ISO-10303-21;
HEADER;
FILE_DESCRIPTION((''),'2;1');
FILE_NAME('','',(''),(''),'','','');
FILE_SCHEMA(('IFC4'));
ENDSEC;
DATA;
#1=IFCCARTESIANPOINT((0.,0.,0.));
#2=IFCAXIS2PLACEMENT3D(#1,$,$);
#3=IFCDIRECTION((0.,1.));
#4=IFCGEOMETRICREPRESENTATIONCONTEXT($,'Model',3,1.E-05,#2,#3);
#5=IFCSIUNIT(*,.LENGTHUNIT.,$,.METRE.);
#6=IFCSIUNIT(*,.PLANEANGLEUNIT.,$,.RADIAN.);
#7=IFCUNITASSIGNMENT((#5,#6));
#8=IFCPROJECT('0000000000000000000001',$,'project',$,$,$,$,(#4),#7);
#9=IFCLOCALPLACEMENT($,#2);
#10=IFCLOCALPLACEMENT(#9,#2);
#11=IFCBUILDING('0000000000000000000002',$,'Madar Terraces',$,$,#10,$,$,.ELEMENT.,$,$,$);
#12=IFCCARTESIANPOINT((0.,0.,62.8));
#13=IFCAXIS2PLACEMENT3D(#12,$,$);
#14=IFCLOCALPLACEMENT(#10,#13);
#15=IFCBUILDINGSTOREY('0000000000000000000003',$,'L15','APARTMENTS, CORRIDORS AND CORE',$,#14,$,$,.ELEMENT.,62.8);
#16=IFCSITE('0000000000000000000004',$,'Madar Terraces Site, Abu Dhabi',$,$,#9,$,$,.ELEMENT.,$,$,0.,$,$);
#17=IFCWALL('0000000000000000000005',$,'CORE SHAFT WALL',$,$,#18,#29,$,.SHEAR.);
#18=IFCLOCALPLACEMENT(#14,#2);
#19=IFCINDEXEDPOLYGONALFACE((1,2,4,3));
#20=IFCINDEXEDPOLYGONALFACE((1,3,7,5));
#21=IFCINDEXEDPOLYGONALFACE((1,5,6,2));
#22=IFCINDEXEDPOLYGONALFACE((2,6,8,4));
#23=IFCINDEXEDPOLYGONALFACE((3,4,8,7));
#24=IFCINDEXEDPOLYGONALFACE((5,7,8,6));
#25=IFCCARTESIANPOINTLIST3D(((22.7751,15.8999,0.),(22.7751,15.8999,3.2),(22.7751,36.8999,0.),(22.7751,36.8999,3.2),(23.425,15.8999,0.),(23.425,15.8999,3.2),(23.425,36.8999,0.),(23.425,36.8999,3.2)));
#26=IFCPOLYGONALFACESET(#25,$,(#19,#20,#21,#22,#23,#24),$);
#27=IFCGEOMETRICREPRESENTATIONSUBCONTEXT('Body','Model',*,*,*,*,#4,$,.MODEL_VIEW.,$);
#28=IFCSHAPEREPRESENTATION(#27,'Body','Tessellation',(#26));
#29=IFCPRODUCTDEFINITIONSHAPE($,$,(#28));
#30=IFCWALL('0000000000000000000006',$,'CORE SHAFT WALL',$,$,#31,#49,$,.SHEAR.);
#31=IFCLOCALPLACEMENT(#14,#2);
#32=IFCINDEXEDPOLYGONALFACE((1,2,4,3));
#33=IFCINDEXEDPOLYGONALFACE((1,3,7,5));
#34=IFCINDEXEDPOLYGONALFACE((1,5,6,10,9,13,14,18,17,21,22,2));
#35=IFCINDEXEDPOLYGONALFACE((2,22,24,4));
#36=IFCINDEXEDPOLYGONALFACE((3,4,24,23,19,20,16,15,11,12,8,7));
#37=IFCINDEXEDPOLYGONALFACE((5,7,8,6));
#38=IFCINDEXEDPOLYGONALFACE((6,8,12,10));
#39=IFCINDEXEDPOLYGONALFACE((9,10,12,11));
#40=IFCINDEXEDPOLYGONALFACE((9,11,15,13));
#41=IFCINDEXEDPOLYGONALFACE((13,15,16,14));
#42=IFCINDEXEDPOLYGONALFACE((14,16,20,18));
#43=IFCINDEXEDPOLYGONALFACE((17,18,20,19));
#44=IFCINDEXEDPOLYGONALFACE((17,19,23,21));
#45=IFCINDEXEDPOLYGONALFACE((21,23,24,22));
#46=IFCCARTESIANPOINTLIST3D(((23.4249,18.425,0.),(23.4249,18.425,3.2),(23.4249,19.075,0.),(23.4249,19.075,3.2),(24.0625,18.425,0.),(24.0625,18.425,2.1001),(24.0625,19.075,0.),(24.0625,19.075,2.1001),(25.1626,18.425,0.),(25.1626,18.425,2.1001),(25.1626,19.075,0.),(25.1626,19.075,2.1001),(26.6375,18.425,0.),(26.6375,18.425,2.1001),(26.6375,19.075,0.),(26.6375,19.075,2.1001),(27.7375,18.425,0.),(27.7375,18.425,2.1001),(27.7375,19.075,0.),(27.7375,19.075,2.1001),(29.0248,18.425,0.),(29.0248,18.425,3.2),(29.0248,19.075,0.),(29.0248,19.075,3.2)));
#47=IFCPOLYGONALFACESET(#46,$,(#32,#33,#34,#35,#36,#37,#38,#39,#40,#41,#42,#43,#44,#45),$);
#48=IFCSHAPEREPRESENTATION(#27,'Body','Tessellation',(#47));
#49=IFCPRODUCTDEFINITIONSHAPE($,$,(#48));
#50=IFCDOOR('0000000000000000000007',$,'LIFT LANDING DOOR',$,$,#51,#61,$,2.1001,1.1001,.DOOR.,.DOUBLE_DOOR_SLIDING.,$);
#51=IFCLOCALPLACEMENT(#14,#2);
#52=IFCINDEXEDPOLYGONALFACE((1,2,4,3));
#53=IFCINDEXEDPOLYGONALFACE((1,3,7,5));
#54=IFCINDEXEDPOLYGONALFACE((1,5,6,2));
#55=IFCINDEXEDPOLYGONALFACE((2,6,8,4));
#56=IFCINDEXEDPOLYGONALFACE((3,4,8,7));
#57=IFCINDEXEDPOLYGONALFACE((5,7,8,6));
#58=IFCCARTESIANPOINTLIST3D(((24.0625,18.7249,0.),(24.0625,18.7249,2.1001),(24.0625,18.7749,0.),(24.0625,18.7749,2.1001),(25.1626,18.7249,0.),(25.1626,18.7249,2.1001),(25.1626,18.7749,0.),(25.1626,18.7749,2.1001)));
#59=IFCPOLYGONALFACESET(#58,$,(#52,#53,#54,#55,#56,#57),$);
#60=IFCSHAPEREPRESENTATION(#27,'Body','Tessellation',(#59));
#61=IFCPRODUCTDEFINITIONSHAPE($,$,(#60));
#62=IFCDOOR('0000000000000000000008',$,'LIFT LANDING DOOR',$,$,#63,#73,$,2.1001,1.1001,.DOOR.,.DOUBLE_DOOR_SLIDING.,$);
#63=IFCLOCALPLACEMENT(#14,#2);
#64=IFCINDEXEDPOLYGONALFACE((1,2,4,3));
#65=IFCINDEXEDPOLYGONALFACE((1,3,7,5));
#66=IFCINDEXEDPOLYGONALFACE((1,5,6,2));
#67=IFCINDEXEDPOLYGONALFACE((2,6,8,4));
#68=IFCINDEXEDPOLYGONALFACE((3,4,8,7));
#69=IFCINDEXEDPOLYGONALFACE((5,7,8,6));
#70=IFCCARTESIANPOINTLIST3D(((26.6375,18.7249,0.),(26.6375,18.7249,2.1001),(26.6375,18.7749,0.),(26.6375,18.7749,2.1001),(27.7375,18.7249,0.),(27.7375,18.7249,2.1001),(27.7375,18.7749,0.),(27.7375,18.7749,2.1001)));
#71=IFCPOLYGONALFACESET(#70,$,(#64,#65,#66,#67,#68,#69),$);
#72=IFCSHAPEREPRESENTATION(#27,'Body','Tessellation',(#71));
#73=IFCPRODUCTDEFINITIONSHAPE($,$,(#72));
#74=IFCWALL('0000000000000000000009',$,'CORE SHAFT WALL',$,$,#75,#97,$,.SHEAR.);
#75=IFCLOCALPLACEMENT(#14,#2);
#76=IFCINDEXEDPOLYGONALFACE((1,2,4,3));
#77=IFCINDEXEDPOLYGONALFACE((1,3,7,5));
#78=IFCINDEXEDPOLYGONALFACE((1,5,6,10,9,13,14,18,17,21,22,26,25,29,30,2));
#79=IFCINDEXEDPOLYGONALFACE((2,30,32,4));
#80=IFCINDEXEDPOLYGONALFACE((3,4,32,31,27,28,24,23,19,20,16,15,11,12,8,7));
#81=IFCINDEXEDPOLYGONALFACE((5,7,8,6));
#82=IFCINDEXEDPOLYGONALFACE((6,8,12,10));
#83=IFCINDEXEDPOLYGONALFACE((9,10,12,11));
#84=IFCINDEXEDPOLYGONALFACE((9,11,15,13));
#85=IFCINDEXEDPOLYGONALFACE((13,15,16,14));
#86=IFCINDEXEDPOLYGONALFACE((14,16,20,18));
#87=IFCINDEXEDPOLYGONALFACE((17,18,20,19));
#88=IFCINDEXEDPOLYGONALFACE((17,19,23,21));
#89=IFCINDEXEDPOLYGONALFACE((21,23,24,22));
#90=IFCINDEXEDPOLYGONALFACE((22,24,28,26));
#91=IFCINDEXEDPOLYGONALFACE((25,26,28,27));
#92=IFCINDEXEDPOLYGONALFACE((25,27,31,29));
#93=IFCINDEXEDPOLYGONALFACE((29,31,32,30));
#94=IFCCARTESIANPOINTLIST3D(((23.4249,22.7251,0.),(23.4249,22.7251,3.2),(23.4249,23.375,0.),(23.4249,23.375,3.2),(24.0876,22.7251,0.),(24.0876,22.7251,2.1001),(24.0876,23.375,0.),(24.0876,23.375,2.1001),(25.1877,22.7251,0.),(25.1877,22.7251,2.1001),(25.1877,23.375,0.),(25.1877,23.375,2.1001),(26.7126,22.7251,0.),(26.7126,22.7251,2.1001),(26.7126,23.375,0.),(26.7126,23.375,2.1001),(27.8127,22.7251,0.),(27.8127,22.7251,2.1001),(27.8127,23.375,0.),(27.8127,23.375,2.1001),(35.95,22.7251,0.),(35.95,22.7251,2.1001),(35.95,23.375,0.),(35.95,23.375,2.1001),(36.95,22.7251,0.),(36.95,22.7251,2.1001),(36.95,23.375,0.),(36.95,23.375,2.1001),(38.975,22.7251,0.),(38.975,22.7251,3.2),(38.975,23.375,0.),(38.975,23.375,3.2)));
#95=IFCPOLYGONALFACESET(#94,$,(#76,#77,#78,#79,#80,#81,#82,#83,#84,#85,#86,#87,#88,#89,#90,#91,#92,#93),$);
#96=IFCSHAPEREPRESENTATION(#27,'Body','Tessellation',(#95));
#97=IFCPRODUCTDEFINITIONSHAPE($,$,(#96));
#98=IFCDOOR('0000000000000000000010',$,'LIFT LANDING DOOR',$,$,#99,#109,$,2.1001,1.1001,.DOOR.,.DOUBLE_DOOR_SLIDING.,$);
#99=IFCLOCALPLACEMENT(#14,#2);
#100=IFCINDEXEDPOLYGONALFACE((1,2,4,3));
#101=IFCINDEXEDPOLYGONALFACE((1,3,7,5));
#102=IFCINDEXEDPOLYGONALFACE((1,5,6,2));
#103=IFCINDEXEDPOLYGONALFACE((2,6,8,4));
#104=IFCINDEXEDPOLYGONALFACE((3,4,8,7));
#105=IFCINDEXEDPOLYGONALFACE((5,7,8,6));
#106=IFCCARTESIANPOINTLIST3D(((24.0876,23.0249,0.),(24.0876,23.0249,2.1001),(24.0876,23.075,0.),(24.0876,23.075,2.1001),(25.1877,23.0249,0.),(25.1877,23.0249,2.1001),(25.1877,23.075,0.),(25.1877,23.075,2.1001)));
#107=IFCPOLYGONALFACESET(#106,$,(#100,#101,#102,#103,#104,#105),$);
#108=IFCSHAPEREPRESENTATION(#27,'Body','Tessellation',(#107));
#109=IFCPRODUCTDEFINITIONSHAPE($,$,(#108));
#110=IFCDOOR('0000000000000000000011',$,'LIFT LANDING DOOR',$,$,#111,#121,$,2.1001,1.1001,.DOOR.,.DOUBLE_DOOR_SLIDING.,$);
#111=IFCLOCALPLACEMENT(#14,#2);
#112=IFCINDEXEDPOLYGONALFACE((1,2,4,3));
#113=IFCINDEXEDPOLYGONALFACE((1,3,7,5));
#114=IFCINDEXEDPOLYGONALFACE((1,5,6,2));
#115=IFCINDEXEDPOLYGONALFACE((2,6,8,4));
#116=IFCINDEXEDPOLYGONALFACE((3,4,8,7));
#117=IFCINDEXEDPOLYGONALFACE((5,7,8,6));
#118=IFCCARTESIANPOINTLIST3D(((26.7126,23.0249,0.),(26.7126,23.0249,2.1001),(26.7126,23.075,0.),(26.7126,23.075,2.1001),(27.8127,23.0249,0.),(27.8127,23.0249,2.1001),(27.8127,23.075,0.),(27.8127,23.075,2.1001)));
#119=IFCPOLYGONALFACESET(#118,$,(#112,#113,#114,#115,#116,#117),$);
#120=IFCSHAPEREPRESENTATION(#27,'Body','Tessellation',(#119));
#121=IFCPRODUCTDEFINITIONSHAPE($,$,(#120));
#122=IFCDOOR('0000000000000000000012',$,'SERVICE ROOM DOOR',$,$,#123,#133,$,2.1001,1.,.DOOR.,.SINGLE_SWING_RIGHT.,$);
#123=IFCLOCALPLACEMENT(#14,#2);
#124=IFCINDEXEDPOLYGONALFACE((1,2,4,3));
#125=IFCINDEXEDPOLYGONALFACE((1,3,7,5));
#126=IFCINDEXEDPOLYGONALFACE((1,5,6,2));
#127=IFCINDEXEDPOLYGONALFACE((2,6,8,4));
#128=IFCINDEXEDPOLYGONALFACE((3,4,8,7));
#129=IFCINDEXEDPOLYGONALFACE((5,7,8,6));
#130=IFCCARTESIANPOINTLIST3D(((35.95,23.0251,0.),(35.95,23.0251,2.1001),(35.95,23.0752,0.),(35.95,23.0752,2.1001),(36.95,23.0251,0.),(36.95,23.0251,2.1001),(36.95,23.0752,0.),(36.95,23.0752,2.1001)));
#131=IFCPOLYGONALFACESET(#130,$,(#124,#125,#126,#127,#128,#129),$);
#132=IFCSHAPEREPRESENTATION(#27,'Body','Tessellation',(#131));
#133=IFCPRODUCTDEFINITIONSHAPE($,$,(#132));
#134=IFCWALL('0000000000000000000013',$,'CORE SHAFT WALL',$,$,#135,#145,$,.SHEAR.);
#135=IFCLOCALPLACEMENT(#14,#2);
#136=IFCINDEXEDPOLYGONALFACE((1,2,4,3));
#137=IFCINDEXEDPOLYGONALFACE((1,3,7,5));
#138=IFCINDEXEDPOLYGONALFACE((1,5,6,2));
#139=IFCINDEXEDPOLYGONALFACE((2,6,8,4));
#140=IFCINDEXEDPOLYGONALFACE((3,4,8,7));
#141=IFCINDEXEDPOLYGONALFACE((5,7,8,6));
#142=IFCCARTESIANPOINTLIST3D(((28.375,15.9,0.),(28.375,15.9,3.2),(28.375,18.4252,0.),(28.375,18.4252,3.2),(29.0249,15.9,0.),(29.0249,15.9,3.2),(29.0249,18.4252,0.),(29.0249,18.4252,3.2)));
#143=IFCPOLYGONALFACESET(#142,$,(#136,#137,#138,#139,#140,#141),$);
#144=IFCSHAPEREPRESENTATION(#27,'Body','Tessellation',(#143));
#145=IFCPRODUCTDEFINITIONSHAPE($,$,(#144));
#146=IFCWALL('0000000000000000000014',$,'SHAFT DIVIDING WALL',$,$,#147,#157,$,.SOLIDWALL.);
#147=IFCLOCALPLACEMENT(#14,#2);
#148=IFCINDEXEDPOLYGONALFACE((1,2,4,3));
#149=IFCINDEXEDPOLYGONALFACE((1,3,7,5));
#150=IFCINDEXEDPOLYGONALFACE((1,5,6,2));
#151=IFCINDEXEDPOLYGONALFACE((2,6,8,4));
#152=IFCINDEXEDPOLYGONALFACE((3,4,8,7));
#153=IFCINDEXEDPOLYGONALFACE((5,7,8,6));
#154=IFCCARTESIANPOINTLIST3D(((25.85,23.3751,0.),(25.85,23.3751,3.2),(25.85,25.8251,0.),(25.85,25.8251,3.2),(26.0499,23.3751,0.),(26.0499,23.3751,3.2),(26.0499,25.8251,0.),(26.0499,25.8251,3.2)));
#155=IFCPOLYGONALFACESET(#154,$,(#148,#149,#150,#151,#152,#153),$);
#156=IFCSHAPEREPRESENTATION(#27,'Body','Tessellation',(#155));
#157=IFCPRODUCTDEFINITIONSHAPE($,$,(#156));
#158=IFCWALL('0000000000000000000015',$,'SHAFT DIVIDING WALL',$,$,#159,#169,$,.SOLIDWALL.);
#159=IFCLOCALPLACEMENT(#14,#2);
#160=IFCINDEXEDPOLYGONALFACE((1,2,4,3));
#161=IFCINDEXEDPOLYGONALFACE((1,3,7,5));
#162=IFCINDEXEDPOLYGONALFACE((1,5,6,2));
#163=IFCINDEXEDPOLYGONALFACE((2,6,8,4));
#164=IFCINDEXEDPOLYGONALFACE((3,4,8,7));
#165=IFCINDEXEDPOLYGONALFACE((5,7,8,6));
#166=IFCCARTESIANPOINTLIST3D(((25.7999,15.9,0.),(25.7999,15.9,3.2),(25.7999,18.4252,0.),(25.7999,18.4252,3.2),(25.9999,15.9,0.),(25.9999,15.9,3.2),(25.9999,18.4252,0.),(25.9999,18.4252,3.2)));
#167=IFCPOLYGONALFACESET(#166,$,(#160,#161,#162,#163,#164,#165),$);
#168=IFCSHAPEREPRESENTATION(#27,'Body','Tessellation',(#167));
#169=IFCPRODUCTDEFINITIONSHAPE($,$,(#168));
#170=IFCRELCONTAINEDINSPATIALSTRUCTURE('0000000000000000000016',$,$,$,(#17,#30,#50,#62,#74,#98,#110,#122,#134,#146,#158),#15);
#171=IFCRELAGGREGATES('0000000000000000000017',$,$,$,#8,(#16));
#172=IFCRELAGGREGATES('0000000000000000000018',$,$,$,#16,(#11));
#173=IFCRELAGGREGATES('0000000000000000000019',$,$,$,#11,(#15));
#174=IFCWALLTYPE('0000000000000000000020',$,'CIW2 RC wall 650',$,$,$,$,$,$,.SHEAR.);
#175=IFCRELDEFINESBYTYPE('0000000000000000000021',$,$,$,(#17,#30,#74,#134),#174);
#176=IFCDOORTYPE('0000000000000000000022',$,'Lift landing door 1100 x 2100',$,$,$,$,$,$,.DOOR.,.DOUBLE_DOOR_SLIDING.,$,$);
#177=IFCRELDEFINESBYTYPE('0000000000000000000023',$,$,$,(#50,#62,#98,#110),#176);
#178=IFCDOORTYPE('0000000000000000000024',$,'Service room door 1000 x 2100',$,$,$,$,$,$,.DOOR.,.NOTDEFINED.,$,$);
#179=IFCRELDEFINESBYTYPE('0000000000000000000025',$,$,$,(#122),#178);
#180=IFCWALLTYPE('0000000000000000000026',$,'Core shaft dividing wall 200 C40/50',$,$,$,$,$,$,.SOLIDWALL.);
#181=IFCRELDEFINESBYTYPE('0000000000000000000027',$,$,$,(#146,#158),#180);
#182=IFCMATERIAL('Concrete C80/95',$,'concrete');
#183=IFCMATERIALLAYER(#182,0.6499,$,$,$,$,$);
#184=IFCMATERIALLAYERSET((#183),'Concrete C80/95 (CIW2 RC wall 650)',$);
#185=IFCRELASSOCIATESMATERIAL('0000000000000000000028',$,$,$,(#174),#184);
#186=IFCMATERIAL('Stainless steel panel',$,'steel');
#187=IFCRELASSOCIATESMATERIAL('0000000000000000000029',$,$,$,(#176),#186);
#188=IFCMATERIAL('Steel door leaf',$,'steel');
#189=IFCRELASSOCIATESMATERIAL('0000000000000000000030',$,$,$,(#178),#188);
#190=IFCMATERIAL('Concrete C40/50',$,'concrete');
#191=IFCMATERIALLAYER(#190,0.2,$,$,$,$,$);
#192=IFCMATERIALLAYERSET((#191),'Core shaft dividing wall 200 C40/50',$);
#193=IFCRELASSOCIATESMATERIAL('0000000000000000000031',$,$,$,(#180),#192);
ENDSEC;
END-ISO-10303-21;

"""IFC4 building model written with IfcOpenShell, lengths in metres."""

from ifc_helpers import new_model, si_unit, direction, frame, frame_2d, origin, place, context, subcontext, project, spatial, rectangle, extrude, material, layer, layer_set, type_object, element, fill, save


model = new_model("IFC4")

# Units and contexts
model_context = context("Model", 3, precision=1e-05, world=origin(), true_north=direction((0.0, 1.0)))
body_context = subcontext(model_context, "Body", "Model", "MODEL_VIEW")
ifc_project = project(units=[si_unit("LENGTHUNIT", "METRE"), si_unit("PLANEANGLEUNIT", "RADIAN")], contexts=[model_context])

# Site, building, storey
site_placement = place(None, origin())
site = spatial("IfcSite", under=ifc_project, at=site_placement, Name="Madar Terraces Site, Abu Dhabi", CompositionType="ELEMENT", RefElevation=0.0)
building_placement = place(site_placement, origin())
building = spatial("IfcBuilding", under=site, at=building_placement, Name="Madar Terraces", CompositionType="ELEMENT")
storey_placement = place(building_placement, frame((0.0, 0.0, 62.8)))
storey = spatial("IfcBuildingStorey", under=building, at=storey_placement, Name="L15", Description="APARTMENTS, CORRIDORS AND CORE", CompositionType="ELEMENT", Elevation=62.8)

# Wall
ifc_material_1 = material(Name="Concrete C80/95", Category="concrete")
ifc_layer_1 = layer(ifc_material_1, 0.6499)
ifc_layer_set_1 = layer_set([ifc_layer_1], Name="Concrete C80/95 (CIW2 RC wall 650)")
wall_type_1 = type_object("IfcWallType", Name="CIW2 RC wall 650", PredefinedType="SHEAR", material=ifc_layer_set_1)
wall_1_placement = place(storey_placement, frame((23.1001, 15.8999, 0.0), z_axis=(0.0, 0.0, 1.0), x_axis=(0.0, 1.0, 0.0)))
element("IfcWall", 1, at=wall_1_placement, inside=storey, type_object=wall_type_1, Name="CORE SHAFT WALL", PredefinedType="SHEAR", context=body_context, shape_type="SweptSolid", body=[
    extrude(rectangle(XDim=21.0, YDim=0.6499, at=frame_2d((10.5, 0.0))), origin(), (0.0, 0.0, 1.0), 3.2),
])

# Walls, openings, doors
wall_2_placement = place(storey_placement, frame((23.425, 18.75, 0.0), z_axis=(0.0, 0.0, 1.0), x_axis=(1.0, 0.0, 0.0)))
wall_2 = element("IfcWall", 2, at=wall_2_placement, inside=storey, type_object=wall_type_1, Name="CORE SHAFT WALL", PredefinedType="SHEAR", context=body_context, shape_type="SweptSolid", body=[
    extrude(rectangle(XDim=5.5999, YDim=0.6499, at=frame_2d((2.7998, 0.0))), origin(), (0.0, 0.0, 1.0), 3.2),
])
opening_1_placement = place(wall_2_placement, frame((0.6375, 0.0, 0.0)))
opening_1 = element("IfcOpeningElement", 3, at=opening_1_placement, cuts=wall_2, PredefinedType="OPENING", context=body_context, shape_type="SweptSolid", body=[
    extrude(rectangle(XDim=1.1001, YDim=2.1001, at=frame_2d((0.55, 1.05))), frame((0.0, 0.335, 0.0), z_axis=(0.0, -1.0, 0.0), x_axis=(1.0, 0.0, 0.0)), (0.0, 0.0, 1.0), 0.6699),
])
opening_2_placement = place(wall_2_placement, frame((3.2124, 0.0, 0.0)))
opening_2 = element("IfcOpeningElement", 4, at=opening_2_placement, cuts=wall_2, PredefinedType="OPENING", context=body_context, shape_type="SweptSolid", body=[
    extrude(rectangle(XDim=1.1001, YDim=2.1001, at=frame_2d((0.55, 1.05))), frame((0.0, 0.335, 0.0), z_axis=(0.0, -1.0, 0.0), x_axis=(1.0, 0.0, 0.0)), (0.0, 0.0, 1.0), 0.6699),
])
ifc_material_2 = material(Name="Stainless steel panel", Category="steel")
door_type_1 = type_object("IfcDoorType", Name="Lift landing door 1100 x 2100", OperationType="DOUBLE_DOOR_SLIDING", PredefinedType="DOOR", material=ifc_material_2)
door_1_placement = place(opening_1_placement, origin())
door_1 = element("IfcDoor", 5, at=door_1_placement, inside=storey, type_object=door_type_1, Name="LIFT LANDING DOOR", OperationType="DOUBLE_DOOR_SLIDING", OverallHeight=2.1001, OverallWidth=1.1001, PredefinedType="DOOR", context=body_context, shape_type="SweptSolid", body=[
    extrude(rectangle(XDim=1.1001, YDim=2.1001, at=frame_2d((0.55, 1.05))), frame((0.0, 0.0249, 0.0), z_axis=(0.0, -1.0, 0.0), x_axis=(1.0, 0.0, 0.0)), (0.0, 0.0, 1.0), 0.05),
])
fill(opening_1, door_1)
door_2_placement = place(opening_2_placement, origin())
door_2 = element("IfcDoor", 6, at=door_2_placement, inside=storey, type_object=door_type_1, Name="LIFT LANDING DOOR", OperationType="DOUBLE_DOOR_SLIDING", OverallHeight=2.1001, OverallWidth=1.1001, PredefinedType="DOOR", context=body_context, shape_type="SweptSolid", body=[
    extrude(rectangle(XDim=1.1001, YDim=2.1001, at=frame_2d((0.55, 1.05))), frame((0.0, 0.0249, 0.0), z_axis=(0.0, -1.0, 0.0), x_axis=(1.0, 0.0, 0.0)), (0.0, 0.0, 1.0), 0.05),
])
fill(opening_2, door_2)
wall_3_placement = place(storey_placement, frame((23.425, 23.05, 0.0), z_axis=(0.0, 0.0, 1.0), x_axis=(1.0, 0.0, 0.0)))
wall_3 = element("IfcWall", 7, at=wall_3_placement, inside=storey, type_object=wall_type_1, Name="CORE SHAFT WALL", PredefinedType="SHEAR", context=body_context, shape_type="SweptSolid", body=[
    extrude(rectangle(XDim=15.55, YDim=0.6499, at=frame_2d((7.7749, 0.0))), origin(), (0.0, 0.0, 1.0), 3.2),
])
opening_3_placement = place(wall_3_placement, frame((0.6626, 0.0, 0.0)))
opening_3 = element("IfcOpeningElement", 8, at=opening_3_placement, cuts=wall_3, PredefinedType="OPENING", context=body_context, shape_type="SweptSolid", body=[
    extrude(rectangle(XDim=1.1001, YDim=2.1001, at=frame_2d((0.55, 1.05))), frame((0.0, 0.335, 0.0), z_axis=(0.0, -1.0, 0.0), x_axis=(1.0, 0.0, 0.0)), (0.0, 0.0, 1.0), 0.6699),
])
opening_4_placement = place(wall_3_placement, frame((3.2876, 0.0, 0.0)))
opening_4 = element("IfcOpeningElement", 9, at=opening_4_placement, cuts=wall_3, PredefinedType="OPENING", context=body_context, shape_type="SweptSolid", body=[
    extrude(rectangle(XDim=1.1001, YDim=2.1001, at=frame_2d((0.55, 1.05))), frame((0.0, 0.335, 0.0), z_axis=(0.0, -1.0, 0.0), x_axis=(1.0, 0.0, 0.0)), (0.0, 0.0, 1.0), 0.6699),
])
opening_5_placement = place(wall_3_placement, frame((12.5249, 0.0, 0.0)))
opening_5 = element("IfcOpeningElement", 10, at=opening_5_placement, cuts=wall_3, PredefinedType="OPENING", context=body_context, shape_type="SweptSolid", body=[
    extrude(rectangle(XDim=1.0, YDim=2.1001, at=frame_2d((0.5, 1.05))), frame((0.0, 0.335, 0.0), z_axis=(0.0, -1.0, 0.0), x_axis=(1.0, 0.0, 0.0)), (0.0, 0.0, 1.0), 0.6699),
])
door_3_placement = place(opening_3_placement, origin())
door_3 = element("IfcDoor", 11, at=door_3_placement, inside=storey, type_object=door_type_1, Name="LIFT LANDING DOOR", OperationType="DOUBLE_DOOR_SLIDING", OverallHeight=2.1001, OverallWidth=1.1001, PredefinedType="DOOR", context=body_context, shape_type="SweptSolid", body=[
    extrude(rectangle(XDim=1.1001, YDim=2.1001, at=frame_2d((0.55, 1.05))), frame((0.0, 0.0249, 0.0), z_axis=(0.0, -1.0, 0.0), x_axis=(1.0, 0.0, 0.0)), (0.0, 0.0, 1.0), 0.05),
])
fill(opening_3, door_3)
door_4_placement = place(opening_4_placement, origin())
door_4 = element("IfcDoor", 12, at=door_4_placement, inside=storey, type_object=door_type_1, Name="LIFT LANDING DOOR", OperationType="DOUBLE_DOOR_SLIDING", OverallHeight=2.1001, OverallWidth=1.1001, PredefinedType="DOOR", context=body_context, shape_type="SweptSolid", body=[
    extrude(rectangle(XDim=1.1001, YDim=2.1001, at=frame_2d((0.55, 1.05))), frame((0.0, 0.0249, 0.0), z_axis=(0.0, -1.0, 0.0), x_axis=(1.0, 0.0, 0.0)), (0.0, 0.0, 1.0), 0.05),
])
fill(opening_4, door_4)
ifc_material_3 = material(Name="Steel door leaf", Category="steel")
door_type_2 = type_object("IfcDoorType", Name="Service room door 1000 x 2100", OperationType="NOTDEFINED", PredefinedType="DOOR", material=ifc_material_3)
door_5_placement = place(opening_5_placement, frame((1.0, 0.0, 0.0), z_axis=(0.0, 0.0, 1.0), x_axis=(-1.0, 0.0, 0.0)))
door_5 = element("IfcDoor", 13, at=door_5_placement, inside=storey, type_object=door_type_2, Name="SERVICE ROOM DOOR", OperationType="SINGLE_SWING_RIGHT", OverallHeight=2.1001, OverallWidth=1.0, PredefinedType="DOOR", context=body_context, shape_type="SweptSolid", body=[
    extrude(rectangle(XDim=1.0, YDim=2.1001, at=frame_2d((0.5, 1.05))), frame((0.0, 0.0249, 0.0), z_axis=(0.0, -1.0, 0.0), x_axis=(1.0, 0.0, 0.0)), (0.0, 0.0, 1.0), 0.05),
])
fill(opening_5, door_5)

# Walls
wall_4_placement = place(storey_placement, frame((28.7, 15.8999, 0.0), z_axis=(0.0, 0.0, 1.0), x_axis=(0.0, 1.0, 0.0)))
element("IfcWall", 14, at=wall_4_placement, inside=storey, type_object=wall_type_1, Name="CORE SHAFT WALL", PredefinedType="SHEAR", context=body_context, shape_type="SweptSolid", body=[
    extrude(rectangle(XDim=2.5251, YDim=0.6499, at=frame_2d((1.2627, 0.0))), origin(), (0.0, 0.0, 1.0), 3.2),
])
ifc_material_4 = material(Name="Concrete C40/50", Category="concrete")
ifc_layer_2 = layer(ifc_material_4, 0.2)
ifc_layer_set_2 = layer_set([ifc_layer_2], Name="Core shaft dividing wall 200 C40/50")
wall_type_2 = type_object("IfcWallType", Name="Core shaft dividing wall 200 C40/50", PredefinedType="SOLIDWALL", material=ifc_layer_set_2)
wall_5_placement = place(storey_placement, frame((25.95, 23.375, 0.0), z_axis=(0.0, 0.0, 1.0), x_axis=(0.0, 1.0, 0.0)))
element("IfcWall", 15, at=wall_5_placement, inside=storey, type_object=wall_type_2, Name="SHAFT DIVIDING WALL", PredefinedType="SOLIDWALL", context=body_context, shape_type="SweptSolid", body=[
    extrude(rectangle(XDim=2.45, YDim=0.2, at=frame_2d((1.2251, 0.0))), origin(), (0.0, 0.0, 1.0), 3.2),
])
wall_6_placement = place(storey_placement, frame((25.8999, 15.8999, 0.0), z_axis=(0.0, 0.0, 1.0), x_axis=(0.0, 1.0, 0.0)))
element("IfcWall", 16, at=wall_6_placement, inside=storey, type_object=wall_type_2, Name="SHAFT DIVIDING WALL", PredefinedType="SOLIDWALL", context=body_context, shape_type="SweptSolid", body=[
    extrude(rectangle(XDim=2.5251, YDim=0.2, at=frame_2d((1.2627, 0.0))), origin(), (0.0, 0.0, 1.0), 3.2),
])

save(model, "model.ifc")
